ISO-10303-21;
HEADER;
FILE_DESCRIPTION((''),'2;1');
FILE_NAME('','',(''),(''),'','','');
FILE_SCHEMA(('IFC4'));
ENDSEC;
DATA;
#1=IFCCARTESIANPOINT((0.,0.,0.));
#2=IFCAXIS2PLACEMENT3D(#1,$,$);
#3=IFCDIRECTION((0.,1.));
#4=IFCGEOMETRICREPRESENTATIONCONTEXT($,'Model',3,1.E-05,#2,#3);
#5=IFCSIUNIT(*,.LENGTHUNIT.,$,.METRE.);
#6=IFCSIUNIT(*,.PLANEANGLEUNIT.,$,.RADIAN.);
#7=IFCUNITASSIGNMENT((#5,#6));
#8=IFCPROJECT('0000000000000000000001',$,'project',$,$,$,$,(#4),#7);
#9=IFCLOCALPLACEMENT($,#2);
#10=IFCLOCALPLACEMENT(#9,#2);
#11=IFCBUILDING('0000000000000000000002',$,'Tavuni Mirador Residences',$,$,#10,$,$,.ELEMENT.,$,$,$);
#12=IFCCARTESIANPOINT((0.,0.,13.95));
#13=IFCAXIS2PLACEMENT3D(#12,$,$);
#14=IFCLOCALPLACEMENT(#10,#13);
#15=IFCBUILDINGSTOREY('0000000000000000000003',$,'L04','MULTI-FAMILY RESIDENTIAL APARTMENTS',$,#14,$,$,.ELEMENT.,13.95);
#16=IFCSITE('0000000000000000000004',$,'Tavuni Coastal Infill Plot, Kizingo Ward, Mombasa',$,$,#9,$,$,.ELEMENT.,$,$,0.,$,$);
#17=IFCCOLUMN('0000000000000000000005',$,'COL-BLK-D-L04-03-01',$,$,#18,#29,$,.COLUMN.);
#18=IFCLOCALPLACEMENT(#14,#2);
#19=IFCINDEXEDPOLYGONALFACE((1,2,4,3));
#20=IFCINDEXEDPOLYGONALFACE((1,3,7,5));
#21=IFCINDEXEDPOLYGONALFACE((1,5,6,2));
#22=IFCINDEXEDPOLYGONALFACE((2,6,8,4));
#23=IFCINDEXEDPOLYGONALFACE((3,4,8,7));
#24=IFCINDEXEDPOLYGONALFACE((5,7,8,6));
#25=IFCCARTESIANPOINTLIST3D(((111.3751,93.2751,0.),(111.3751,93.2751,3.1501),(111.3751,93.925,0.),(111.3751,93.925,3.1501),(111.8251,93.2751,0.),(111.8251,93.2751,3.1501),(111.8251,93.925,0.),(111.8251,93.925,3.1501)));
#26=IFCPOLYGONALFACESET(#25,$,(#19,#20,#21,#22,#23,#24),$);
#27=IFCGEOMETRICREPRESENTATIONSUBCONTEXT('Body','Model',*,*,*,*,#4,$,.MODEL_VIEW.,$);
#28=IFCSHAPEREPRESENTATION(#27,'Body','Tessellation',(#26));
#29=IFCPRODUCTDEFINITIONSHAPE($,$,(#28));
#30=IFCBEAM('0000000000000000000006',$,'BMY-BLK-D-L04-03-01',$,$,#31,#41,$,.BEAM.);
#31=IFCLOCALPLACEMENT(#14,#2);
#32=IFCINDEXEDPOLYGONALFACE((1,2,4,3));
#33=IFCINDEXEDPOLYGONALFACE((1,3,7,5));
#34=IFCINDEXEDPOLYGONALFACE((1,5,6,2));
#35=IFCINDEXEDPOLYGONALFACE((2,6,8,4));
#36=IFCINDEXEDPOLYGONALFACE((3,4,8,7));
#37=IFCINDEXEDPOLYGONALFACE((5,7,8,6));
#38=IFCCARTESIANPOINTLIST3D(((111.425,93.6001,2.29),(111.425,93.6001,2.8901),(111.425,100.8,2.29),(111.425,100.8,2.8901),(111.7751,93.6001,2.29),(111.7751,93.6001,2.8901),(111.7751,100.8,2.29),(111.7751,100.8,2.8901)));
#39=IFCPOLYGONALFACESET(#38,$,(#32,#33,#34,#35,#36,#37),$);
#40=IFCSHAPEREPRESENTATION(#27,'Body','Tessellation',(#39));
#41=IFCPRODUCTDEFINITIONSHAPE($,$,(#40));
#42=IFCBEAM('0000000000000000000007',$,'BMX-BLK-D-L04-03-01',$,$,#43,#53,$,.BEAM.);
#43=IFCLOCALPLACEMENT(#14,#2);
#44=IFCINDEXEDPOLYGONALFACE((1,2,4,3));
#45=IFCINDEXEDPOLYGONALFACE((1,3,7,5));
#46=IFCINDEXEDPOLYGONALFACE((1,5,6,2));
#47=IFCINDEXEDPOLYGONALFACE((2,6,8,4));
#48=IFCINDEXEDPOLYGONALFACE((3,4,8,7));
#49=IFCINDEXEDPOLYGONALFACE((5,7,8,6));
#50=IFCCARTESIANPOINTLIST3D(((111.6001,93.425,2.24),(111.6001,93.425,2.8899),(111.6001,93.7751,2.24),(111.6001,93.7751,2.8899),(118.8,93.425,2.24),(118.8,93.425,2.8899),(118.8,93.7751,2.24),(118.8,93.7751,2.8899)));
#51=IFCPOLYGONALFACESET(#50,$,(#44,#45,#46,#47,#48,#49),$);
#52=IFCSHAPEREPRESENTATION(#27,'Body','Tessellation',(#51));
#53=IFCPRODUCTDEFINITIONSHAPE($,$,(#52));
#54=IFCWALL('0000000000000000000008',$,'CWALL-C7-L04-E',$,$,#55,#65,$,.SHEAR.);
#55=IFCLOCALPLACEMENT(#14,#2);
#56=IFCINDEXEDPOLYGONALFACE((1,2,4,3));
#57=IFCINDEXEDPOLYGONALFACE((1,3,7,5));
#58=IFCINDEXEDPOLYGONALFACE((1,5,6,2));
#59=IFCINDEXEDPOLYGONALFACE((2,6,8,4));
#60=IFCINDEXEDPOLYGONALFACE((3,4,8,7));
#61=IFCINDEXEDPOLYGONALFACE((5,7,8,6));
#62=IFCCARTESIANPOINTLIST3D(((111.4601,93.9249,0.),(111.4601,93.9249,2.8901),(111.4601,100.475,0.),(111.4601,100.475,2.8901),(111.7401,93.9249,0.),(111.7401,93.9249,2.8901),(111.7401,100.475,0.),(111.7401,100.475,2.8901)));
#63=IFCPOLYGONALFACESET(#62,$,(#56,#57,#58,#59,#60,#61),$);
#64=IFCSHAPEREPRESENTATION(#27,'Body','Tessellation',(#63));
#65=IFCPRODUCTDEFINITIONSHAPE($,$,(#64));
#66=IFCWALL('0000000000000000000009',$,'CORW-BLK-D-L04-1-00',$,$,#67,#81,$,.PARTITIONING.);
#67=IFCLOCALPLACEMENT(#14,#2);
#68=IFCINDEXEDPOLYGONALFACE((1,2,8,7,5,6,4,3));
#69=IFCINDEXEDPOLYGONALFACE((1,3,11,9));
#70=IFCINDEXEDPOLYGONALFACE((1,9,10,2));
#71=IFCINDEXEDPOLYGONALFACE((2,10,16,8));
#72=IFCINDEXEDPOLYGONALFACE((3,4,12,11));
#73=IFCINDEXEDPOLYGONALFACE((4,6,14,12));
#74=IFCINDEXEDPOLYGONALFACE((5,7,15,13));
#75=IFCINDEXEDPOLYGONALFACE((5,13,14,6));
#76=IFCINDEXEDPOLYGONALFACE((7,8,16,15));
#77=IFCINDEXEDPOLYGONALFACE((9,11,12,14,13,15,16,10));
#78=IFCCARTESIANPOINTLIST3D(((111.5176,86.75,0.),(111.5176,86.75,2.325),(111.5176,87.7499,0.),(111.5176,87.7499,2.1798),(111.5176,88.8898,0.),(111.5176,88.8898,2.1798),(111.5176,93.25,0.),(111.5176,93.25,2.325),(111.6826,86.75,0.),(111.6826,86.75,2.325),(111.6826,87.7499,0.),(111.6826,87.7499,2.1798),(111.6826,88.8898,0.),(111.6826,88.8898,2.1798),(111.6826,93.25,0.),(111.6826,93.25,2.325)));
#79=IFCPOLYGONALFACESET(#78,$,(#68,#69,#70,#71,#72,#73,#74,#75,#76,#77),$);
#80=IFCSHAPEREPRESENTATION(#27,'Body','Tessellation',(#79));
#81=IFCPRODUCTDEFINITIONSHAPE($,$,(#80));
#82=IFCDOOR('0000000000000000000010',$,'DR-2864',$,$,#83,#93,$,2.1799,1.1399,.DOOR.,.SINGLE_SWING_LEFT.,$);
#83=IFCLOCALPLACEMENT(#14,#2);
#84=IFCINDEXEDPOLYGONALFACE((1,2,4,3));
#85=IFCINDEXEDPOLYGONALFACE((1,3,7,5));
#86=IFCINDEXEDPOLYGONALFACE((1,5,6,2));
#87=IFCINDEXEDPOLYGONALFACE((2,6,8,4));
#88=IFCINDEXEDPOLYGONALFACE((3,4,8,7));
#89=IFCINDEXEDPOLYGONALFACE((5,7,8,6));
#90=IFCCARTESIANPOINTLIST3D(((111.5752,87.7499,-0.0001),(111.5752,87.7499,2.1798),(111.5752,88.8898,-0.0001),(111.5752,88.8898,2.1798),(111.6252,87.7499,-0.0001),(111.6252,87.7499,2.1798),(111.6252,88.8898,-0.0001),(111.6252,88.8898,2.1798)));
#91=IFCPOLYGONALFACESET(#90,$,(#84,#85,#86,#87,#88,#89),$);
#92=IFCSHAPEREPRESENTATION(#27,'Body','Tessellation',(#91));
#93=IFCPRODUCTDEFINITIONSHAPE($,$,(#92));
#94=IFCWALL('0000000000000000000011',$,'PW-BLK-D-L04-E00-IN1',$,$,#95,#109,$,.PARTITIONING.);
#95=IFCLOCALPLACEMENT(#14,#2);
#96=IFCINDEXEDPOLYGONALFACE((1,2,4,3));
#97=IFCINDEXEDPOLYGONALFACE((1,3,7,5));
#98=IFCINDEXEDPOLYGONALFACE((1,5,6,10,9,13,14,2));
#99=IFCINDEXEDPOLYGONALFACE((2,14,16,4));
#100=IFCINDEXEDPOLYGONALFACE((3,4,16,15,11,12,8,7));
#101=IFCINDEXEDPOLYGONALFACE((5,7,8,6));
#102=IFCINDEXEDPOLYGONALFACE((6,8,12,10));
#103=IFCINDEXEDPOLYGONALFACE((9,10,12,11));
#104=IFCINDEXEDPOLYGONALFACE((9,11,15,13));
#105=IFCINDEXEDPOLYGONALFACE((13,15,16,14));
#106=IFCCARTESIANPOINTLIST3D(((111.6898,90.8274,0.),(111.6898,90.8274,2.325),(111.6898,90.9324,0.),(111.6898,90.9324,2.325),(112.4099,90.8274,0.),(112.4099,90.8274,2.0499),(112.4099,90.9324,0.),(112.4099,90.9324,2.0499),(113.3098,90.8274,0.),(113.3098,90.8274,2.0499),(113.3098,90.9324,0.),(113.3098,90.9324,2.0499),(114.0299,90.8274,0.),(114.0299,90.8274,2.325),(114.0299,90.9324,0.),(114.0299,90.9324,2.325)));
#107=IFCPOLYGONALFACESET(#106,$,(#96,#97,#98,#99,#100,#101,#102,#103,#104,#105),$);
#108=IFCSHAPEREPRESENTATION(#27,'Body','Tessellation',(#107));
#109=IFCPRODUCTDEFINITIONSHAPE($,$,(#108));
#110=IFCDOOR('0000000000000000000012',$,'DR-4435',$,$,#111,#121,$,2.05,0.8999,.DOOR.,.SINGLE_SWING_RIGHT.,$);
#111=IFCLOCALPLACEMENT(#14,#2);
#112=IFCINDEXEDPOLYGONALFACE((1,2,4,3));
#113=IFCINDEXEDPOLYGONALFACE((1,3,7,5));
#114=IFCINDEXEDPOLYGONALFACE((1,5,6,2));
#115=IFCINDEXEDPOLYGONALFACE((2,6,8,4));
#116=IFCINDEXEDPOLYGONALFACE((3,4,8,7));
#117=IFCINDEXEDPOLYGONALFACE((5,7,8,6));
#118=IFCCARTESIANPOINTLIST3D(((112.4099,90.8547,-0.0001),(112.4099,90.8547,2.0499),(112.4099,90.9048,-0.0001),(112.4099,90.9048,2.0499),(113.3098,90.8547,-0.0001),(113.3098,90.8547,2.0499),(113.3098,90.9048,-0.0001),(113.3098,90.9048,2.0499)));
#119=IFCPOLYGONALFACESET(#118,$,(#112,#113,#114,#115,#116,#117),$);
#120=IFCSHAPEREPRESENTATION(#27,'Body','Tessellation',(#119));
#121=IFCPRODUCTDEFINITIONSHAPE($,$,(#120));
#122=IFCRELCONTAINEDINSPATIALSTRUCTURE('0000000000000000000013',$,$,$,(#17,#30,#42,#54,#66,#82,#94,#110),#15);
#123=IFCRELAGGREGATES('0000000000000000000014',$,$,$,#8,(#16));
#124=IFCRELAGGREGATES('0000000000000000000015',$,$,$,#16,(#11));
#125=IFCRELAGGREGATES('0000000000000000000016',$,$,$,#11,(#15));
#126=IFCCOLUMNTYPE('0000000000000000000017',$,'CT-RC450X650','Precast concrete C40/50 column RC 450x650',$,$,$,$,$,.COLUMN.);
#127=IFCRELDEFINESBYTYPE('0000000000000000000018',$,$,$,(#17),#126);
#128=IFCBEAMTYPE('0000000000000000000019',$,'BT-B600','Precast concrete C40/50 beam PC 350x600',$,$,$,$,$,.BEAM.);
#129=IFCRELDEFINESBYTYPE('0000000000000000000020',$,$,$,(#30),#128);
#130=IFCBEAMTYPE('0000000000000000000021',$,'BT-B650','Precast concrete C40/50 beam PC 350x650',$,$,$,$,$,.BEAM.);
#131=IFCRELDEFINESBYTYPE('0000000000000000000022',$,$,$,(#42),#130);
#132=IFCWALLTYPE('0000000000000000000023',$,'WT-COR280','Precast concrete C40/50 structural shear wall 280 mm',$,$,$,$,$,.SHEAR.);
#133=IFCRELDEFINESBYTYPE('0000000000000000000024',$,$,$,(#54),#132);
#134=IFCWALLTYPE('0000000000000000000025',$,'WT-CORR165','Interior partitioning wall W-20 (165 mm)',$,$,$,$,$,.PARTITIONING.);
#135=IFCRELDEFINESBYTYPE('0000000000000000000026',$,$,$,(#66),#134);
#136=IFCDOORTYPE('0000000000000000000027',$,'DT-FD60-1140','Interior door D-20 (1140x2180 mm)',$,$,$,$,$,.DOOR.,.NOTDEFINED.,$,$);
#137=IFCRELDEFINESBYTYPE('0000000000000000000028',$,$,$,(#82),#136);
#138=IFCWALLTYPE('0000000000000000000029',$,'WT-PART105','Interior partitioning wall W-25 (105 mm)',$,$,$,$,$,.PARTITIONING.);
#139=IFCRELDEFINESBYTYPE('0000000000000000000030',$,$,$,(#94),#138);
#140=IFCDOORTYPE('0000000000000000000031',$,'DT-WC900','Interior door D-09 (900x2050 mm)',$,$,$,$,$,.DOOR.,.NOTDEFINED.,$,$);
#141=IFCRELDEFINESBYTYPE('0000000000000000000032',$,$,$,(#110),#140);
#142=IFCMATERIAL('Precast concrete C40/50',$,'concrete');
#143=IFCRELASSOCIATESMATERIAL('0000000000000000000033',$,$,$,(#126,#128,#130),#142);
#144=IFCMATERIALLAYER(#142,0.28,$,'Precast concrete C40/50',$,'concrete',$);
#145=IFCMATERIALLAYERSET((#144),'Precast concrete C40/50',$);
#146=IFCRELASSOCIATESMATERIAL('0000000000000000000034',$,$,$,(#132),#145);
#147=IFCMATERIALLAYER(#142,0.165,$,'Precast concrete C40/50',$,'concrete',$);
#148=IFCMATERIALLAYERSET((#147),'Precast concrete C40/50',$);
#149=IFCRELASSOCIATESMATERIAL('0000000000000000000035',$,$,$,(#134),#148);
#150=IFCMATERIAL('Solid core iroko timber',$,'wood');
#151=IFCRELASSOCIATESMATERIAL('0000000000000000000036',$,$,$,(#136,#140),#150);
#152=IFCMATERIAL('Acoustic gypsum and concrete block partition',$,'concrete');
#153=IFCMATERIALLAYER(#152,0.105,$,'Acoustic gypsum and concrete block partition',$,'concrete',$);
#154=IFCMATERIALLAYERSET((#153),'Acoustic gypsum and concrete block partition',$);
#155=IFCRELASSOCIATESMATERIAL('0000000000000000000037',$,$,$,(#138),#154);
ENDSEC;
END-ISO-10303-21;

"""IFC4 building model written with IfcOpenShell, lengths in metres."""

from ifc_helpers import new_model, si_unit, direction, frame, frame_2d, origin, origin_2d, place, context, subcontext, project, spatial, rectangle, extrude, material, layer, layer_set, material_profile, profile_set, type_object, element, fill, save


model = new_model("IFC4")

# Units and contexts
model_context = context("Model", 3, precision=1e-05, world=origin(), true_north=direction((0.0, 1.0)))
body_context = subcontext(model_context, "Body", "Model", "MODEL_VIEW")
ifc_project = project(units=[si_unit("LENGTHUNIT", "METRE"), si_unit("PLANEANGLEUNIT", "RADIAN")], contexts=[model_context])

# Site, building, storey
site_placement = place(None, origin())
site = spatial("IfcSite", under=ifc_project, at=site_placement, Name="Tavuni Coastal Infill Plot, Kizingo Ward, Mombasa", CompositionType="ELEMENT", RefElevation=0.0)
building_placement = place(site_placement, origin())
building = spatial("IfcBuilding", under=site, at=building_placement, Name="Tavuni Mirador Residences", CompositionType="ELEMENT")
storey_placement = place(building_placement, frame((0.0, 0.0, 13.95)))
storey = spatial("IfcBuildingStorey", under=building, at=storey_placement, Name="L04", Description="MULTI-FAMILY RESIDENTIAL APARTMENTS", CompositionType="ELEMENT", Elevation=13.95)

# Column
ifc_material_1 = material(Name="Precast concrete C40/50", Category="concrete")
ifc_material_profile_1 = material_profile(ifc_material_1, rectangle(XDim=0.45, YDim=0.6499, at=origin_2d()), Name="RC 450x650", Category="concrete")
ifc_profile_set_1 = profile_set([ifc_material_profile_1], Name="Precast concrete C40/50")
column_type = type_object("IfcColumnType", Name="CT-RC450X650", Description="Precast concrete C40/50 column RC 450x650", PredefinedType="COLUMN", material=ifc_profile_set_1)
column_placement = place(storey_placement, frame((111.6001, 93.6001, 0.0), z_axis=(0.0, 0.0, 1.0), x_axis=(1.0, 0.0, 0.0)))
element("IfcColumn", 1, at=column_placement, inside=storey, type_object=column_type, Name="COL-BLK-D-L04-03-01", PredefinedType="COLUMN", context=body_context, shape_type="SweptSolid", body=[
    extrude(rectangle(XDim=0.45, YDim=0.6499, at=origin_2d()), origin(), (0.0, 0.0, 1.0), 3.1501),
])

# Beams
ifc_material_profile_2 = material_profile(ifc_material_1, rectangle(XDim=0.3501, YDim=0.6001, at=origin_2d()), Name="PC 350x600", Category="concrete")
ifc_profile_set_2 = profile_set([ifc_material_profile_2], Name="Precast concrete C40/50")
beam_type_1 = type_object("IfcBeamType", Name="BT-B600", Description="Precast concrete C40/50 beam PC 350x600", PredefinedType="BEAM", material=ifc_profile_set_2)
beam_1_placement = place(storey_placement, frame((111.6001, 93.6001, 2.5901), z_axis=(0.0, 1.0, 0.0), x_axis=(-1.0, 0.0, 0.0)))
element("IfcBeam", 2, at=beam_1_placement, inside=storey, type_object=beam_type_1, Name="BMY-BLK-D-L04-03-01", PredefinedType="BEAM", context=body_context, shape_type="SweptSolid", body=[
    extrude(rectangle(XDim=0.3501, YDim=0.6001, at=origin_2d()), origin(), (0.0, 0.0, 1.0), 7.2),
])
ifc_material_profile_3 = material_profile(ifc_material_1, rectangle(XDim=0.3501, YDim=0.6499, at=origin_2d()), Name="PC 350x650", Category="concrete")
ifc_profile_set_3 = profile_set([ifc_material_profile_3], Name="Precast concrete C40/50")
beam_type_2 = type_object("IfcBeamType", Name="BT-B650", Description="Precast concrete C40/50 beam PC 350x650", PredefinedType="BEAM", material=ifc_profile_set_3)
beam_2_placement = place(storey_placement, frame((111.6001, 93.6001, 2.5649), z_axis=(1.0, 0.0, 0.0), x_axis=(0.0, 1.0, 0.0)))
element("IfcBeam", 3, at=beam_2_placement, inside=storey, type_object=beam_type_2, Name="BMX-BLK-D-L04-03-01", PredefinedType="BEAM", context=body_context, shape_type="SweptSolid", body=[
    extrude(rectangle(XDim=0.3501, YDim=0.6499, at=origin_2d()), origin(), (0.0, 0.0, 1.0), 7.2),
])

# Shared definitions
ifc_material_2 = material(Name="Solid core iroko timber", Category="wood")

# Wall
ifc_layer_1 = layer(ifc_material_1, 0.28, Name="Precast concrete C40/50", Category="concrete")
ifc_layer_set_1 = layer_set([ifc_layer_1], Name="Precast concrete C40/50")
wall_type_1 = type_object("IfcWallType", Name="WT-COR280", Description="Precast concrete C40/50 structural shear wall 280 mm", PredefinedType="SHEAR", material=ifc_layer_set_1)
wall_1_placement = place(storey_placement, frame((111.6001, 93.925, 0.0), z_axis=(0.0, 0.0, 1.0), x_axis=(0.0, 1.0, 0.0)))
element("IfcWall", 4, at=wall_1_placement, inside=storey, type_object=wall_type_1, Name="CWALL-C7-L04-E", PredefinedType="SHEAR", context=body_context, shape_type="SweptSolid", body=[
    extrude(rectangle(XDim=6.55, YDim=0.28, at=frame_2d((3.2749, 0.0))), origin(), (0.0, 0.0, 1.0), 2.8901),
])

# Walls, openings, doors
ifc_layer_2 = layer(ifc_material_1, 0.165, Name="Precast concrete C40/50", Category="concrete")
ifc_layer_set_2 = layer_set([ifc_layer_2], Name="Precast concrete C40/50")
wall_type_2 = type_object("IfcWallType", Name="WT-CORR165", Description="Interior partitioning wall W-20 (165 mm)", PredefinedType="PARTITIONING", material=ifc_layer_set_2)
wall_2_placement = place(storey_placement, frame((111.6001, 86.75, 0.0), z_axis=(0.0, 0.0, 1.0), x_axis=(0.0, 1.0, 0.0)))
wall_2 = element("IfcWall", 5, at=wall_2_placement, inside=storey, type_object=wall_type_2, Name="CORW-BLK-D-L04-1-00", PredefinedType="PARTITIONING", context=body_context, shape_type="SweptSolid", body=[
    extrude(rectangle(XDim=6.5, YDim=0.165, at=frame_2d((3.25, 0.0))), origin(), (0.0, 0.0, 1.0), 2.325),
])
opening_1_placement = place(wall_2_placement, frame((1.0, 0.0, 0.0)))
opening_1 = element("IfcOpeningElement", 6, at=opening_1_placement, cuts=wall_2, PredefinedType="OPENING", context=body_context, shape_type="SweptSolid", body=[
    extrude(rectangle(XDim=1.1399, YDim=2.1799, at=frame_2d((0.5698, 1.0898))), frame((0.0, 0.0925, 0.0), z_axis=(0.0, -1.0, 0.0), x_axis=(1.0, 0.0, 0.0)), (0.0, 0.0, 1.0), 0.1851),
])
door_type_1 = type_object("IfcDoorType", Name="DT-FD60-1140", Description="Interior door D-20 (1140x2180 mm)", OperationType="NOTDEFINED", PredefinedType="DOOR", material=ifc_material_2)
door_1_placement = place(opening_1_placement, origin())
door_1 = element("IfcDoor", 7, at=door_1_placement, inside=storey, type_object=door_type_1, Name="DR-2864", OperationType="SINGLE_SWING_LEFT", OverallHeight=2.1799, OverallWidth=1.1399, PredefinedType="DOOR", context=body_context, shape_type="SweptSolid", body=[
    extrude(rectangle(XDim=1.1399, YDim=2.1799, at=frame_2d((0.5698, 1.0898))), frame((0.0, 0.0249, 0.0), z_axis=(0.0, -1.0, 0.0), x_axis=(1.0, 0.0, 0.0)), (0.0, 0.0, 1.0), 0.05),
])
fill(opening_1, door_1)
ifc_material_3 = material(Name="Acoustic gypsum and concrete block partition", Category="concrete")
ifc_layer_3 = layer(ifc_material_3, 0.105, Name="Acoustic gypsum and concrete block partition", Category="concrete")
ifc_layer_set_3 = layer_set([ifc_layer_3], Name="Acoustic gypsum and concrete block partition")
wall_type_3 = type_object("IfcWallType", Name="WT-PART105", Description="Interior partitioning wall W-25 (105 mm)", PredefinedType="PARTITIONING", material=ifc_layer_set_3)
wall_3_placement = place(storey_placement, frame((111.6899, 90.8799, 0.0), z_axis=(0.0, 0.0, 1.0), x_axis=(1.0, 0.0, 0.0)))
wall_3 = element("IfcWall", 8, at=wall_3_placement, inside=storey, type_object=wall_type_3, Name="PW-BLK-D-L04-E00-IN1", PredefinedType="PARTITIONING", context=body_context, shape_type="SweptSolid", body=[
    extrude(rectangle(XDim=2.3401, YDim=0.105, at=frame_2d((1.1699, 0.0))), origin(), (0.0, 0.0, 1.0), 2.325),
])
opening_2_placement = place(wall_3_placement, frame((0.72, 0.0, 0.0)))
opening_2 = element("IfcOpeningElement", 9, at=opening_2_placement, cuts=wall_3, PredefinedType="OPENING", context=body_context, shape_type="SweptSolid", body=[
    extrude(rectangle(XDim=0.8999, YDim=2.05, at=frame_2d((0.45, 1.0249))), frame((0.0, 0.0625, 0.0), z_axis=(0.0, -1.0, 0.0), x_axis=(1.0, 0.0, 0.0)), (0.0, 0.0, 1.0), 0.125),
])
door_type_2 = type_object("IfcDoorType", Name="DT-WC900", Description="Interior door D-09 (900x2050 mm)", OperationType="NOTDEFINED", PredefinedType="DOOR", material=ifc_material_2)
door_2_placement = place(opening_2_placement, origin())
door_2 = element("IfcDoor", 10, at=door_2_placement, inside=storey, type_object=door_type_2, Name="DR-4435", OperationType="SINGLE_SWING_RIGHT", OverallHeight=2.05, OverallWidth=0.8999, PredefinedType="DOOR", context=body_context, shape_type="SweptSolid", body=[
    extrude(rectangle(XDim=0.8999, YDim=2.05, at=frame_2d((0.45, 1.0249))), frame((0.0, 0.0249, 0.0), z_axis=(0.0, -1.0, 0.0), x_axis=(1.0, 0.0, 0.0)), (0.0, 0.0, 1.0), 0.05),
])
fill(opening_2, door_2)

save(model, "model.ifc")
